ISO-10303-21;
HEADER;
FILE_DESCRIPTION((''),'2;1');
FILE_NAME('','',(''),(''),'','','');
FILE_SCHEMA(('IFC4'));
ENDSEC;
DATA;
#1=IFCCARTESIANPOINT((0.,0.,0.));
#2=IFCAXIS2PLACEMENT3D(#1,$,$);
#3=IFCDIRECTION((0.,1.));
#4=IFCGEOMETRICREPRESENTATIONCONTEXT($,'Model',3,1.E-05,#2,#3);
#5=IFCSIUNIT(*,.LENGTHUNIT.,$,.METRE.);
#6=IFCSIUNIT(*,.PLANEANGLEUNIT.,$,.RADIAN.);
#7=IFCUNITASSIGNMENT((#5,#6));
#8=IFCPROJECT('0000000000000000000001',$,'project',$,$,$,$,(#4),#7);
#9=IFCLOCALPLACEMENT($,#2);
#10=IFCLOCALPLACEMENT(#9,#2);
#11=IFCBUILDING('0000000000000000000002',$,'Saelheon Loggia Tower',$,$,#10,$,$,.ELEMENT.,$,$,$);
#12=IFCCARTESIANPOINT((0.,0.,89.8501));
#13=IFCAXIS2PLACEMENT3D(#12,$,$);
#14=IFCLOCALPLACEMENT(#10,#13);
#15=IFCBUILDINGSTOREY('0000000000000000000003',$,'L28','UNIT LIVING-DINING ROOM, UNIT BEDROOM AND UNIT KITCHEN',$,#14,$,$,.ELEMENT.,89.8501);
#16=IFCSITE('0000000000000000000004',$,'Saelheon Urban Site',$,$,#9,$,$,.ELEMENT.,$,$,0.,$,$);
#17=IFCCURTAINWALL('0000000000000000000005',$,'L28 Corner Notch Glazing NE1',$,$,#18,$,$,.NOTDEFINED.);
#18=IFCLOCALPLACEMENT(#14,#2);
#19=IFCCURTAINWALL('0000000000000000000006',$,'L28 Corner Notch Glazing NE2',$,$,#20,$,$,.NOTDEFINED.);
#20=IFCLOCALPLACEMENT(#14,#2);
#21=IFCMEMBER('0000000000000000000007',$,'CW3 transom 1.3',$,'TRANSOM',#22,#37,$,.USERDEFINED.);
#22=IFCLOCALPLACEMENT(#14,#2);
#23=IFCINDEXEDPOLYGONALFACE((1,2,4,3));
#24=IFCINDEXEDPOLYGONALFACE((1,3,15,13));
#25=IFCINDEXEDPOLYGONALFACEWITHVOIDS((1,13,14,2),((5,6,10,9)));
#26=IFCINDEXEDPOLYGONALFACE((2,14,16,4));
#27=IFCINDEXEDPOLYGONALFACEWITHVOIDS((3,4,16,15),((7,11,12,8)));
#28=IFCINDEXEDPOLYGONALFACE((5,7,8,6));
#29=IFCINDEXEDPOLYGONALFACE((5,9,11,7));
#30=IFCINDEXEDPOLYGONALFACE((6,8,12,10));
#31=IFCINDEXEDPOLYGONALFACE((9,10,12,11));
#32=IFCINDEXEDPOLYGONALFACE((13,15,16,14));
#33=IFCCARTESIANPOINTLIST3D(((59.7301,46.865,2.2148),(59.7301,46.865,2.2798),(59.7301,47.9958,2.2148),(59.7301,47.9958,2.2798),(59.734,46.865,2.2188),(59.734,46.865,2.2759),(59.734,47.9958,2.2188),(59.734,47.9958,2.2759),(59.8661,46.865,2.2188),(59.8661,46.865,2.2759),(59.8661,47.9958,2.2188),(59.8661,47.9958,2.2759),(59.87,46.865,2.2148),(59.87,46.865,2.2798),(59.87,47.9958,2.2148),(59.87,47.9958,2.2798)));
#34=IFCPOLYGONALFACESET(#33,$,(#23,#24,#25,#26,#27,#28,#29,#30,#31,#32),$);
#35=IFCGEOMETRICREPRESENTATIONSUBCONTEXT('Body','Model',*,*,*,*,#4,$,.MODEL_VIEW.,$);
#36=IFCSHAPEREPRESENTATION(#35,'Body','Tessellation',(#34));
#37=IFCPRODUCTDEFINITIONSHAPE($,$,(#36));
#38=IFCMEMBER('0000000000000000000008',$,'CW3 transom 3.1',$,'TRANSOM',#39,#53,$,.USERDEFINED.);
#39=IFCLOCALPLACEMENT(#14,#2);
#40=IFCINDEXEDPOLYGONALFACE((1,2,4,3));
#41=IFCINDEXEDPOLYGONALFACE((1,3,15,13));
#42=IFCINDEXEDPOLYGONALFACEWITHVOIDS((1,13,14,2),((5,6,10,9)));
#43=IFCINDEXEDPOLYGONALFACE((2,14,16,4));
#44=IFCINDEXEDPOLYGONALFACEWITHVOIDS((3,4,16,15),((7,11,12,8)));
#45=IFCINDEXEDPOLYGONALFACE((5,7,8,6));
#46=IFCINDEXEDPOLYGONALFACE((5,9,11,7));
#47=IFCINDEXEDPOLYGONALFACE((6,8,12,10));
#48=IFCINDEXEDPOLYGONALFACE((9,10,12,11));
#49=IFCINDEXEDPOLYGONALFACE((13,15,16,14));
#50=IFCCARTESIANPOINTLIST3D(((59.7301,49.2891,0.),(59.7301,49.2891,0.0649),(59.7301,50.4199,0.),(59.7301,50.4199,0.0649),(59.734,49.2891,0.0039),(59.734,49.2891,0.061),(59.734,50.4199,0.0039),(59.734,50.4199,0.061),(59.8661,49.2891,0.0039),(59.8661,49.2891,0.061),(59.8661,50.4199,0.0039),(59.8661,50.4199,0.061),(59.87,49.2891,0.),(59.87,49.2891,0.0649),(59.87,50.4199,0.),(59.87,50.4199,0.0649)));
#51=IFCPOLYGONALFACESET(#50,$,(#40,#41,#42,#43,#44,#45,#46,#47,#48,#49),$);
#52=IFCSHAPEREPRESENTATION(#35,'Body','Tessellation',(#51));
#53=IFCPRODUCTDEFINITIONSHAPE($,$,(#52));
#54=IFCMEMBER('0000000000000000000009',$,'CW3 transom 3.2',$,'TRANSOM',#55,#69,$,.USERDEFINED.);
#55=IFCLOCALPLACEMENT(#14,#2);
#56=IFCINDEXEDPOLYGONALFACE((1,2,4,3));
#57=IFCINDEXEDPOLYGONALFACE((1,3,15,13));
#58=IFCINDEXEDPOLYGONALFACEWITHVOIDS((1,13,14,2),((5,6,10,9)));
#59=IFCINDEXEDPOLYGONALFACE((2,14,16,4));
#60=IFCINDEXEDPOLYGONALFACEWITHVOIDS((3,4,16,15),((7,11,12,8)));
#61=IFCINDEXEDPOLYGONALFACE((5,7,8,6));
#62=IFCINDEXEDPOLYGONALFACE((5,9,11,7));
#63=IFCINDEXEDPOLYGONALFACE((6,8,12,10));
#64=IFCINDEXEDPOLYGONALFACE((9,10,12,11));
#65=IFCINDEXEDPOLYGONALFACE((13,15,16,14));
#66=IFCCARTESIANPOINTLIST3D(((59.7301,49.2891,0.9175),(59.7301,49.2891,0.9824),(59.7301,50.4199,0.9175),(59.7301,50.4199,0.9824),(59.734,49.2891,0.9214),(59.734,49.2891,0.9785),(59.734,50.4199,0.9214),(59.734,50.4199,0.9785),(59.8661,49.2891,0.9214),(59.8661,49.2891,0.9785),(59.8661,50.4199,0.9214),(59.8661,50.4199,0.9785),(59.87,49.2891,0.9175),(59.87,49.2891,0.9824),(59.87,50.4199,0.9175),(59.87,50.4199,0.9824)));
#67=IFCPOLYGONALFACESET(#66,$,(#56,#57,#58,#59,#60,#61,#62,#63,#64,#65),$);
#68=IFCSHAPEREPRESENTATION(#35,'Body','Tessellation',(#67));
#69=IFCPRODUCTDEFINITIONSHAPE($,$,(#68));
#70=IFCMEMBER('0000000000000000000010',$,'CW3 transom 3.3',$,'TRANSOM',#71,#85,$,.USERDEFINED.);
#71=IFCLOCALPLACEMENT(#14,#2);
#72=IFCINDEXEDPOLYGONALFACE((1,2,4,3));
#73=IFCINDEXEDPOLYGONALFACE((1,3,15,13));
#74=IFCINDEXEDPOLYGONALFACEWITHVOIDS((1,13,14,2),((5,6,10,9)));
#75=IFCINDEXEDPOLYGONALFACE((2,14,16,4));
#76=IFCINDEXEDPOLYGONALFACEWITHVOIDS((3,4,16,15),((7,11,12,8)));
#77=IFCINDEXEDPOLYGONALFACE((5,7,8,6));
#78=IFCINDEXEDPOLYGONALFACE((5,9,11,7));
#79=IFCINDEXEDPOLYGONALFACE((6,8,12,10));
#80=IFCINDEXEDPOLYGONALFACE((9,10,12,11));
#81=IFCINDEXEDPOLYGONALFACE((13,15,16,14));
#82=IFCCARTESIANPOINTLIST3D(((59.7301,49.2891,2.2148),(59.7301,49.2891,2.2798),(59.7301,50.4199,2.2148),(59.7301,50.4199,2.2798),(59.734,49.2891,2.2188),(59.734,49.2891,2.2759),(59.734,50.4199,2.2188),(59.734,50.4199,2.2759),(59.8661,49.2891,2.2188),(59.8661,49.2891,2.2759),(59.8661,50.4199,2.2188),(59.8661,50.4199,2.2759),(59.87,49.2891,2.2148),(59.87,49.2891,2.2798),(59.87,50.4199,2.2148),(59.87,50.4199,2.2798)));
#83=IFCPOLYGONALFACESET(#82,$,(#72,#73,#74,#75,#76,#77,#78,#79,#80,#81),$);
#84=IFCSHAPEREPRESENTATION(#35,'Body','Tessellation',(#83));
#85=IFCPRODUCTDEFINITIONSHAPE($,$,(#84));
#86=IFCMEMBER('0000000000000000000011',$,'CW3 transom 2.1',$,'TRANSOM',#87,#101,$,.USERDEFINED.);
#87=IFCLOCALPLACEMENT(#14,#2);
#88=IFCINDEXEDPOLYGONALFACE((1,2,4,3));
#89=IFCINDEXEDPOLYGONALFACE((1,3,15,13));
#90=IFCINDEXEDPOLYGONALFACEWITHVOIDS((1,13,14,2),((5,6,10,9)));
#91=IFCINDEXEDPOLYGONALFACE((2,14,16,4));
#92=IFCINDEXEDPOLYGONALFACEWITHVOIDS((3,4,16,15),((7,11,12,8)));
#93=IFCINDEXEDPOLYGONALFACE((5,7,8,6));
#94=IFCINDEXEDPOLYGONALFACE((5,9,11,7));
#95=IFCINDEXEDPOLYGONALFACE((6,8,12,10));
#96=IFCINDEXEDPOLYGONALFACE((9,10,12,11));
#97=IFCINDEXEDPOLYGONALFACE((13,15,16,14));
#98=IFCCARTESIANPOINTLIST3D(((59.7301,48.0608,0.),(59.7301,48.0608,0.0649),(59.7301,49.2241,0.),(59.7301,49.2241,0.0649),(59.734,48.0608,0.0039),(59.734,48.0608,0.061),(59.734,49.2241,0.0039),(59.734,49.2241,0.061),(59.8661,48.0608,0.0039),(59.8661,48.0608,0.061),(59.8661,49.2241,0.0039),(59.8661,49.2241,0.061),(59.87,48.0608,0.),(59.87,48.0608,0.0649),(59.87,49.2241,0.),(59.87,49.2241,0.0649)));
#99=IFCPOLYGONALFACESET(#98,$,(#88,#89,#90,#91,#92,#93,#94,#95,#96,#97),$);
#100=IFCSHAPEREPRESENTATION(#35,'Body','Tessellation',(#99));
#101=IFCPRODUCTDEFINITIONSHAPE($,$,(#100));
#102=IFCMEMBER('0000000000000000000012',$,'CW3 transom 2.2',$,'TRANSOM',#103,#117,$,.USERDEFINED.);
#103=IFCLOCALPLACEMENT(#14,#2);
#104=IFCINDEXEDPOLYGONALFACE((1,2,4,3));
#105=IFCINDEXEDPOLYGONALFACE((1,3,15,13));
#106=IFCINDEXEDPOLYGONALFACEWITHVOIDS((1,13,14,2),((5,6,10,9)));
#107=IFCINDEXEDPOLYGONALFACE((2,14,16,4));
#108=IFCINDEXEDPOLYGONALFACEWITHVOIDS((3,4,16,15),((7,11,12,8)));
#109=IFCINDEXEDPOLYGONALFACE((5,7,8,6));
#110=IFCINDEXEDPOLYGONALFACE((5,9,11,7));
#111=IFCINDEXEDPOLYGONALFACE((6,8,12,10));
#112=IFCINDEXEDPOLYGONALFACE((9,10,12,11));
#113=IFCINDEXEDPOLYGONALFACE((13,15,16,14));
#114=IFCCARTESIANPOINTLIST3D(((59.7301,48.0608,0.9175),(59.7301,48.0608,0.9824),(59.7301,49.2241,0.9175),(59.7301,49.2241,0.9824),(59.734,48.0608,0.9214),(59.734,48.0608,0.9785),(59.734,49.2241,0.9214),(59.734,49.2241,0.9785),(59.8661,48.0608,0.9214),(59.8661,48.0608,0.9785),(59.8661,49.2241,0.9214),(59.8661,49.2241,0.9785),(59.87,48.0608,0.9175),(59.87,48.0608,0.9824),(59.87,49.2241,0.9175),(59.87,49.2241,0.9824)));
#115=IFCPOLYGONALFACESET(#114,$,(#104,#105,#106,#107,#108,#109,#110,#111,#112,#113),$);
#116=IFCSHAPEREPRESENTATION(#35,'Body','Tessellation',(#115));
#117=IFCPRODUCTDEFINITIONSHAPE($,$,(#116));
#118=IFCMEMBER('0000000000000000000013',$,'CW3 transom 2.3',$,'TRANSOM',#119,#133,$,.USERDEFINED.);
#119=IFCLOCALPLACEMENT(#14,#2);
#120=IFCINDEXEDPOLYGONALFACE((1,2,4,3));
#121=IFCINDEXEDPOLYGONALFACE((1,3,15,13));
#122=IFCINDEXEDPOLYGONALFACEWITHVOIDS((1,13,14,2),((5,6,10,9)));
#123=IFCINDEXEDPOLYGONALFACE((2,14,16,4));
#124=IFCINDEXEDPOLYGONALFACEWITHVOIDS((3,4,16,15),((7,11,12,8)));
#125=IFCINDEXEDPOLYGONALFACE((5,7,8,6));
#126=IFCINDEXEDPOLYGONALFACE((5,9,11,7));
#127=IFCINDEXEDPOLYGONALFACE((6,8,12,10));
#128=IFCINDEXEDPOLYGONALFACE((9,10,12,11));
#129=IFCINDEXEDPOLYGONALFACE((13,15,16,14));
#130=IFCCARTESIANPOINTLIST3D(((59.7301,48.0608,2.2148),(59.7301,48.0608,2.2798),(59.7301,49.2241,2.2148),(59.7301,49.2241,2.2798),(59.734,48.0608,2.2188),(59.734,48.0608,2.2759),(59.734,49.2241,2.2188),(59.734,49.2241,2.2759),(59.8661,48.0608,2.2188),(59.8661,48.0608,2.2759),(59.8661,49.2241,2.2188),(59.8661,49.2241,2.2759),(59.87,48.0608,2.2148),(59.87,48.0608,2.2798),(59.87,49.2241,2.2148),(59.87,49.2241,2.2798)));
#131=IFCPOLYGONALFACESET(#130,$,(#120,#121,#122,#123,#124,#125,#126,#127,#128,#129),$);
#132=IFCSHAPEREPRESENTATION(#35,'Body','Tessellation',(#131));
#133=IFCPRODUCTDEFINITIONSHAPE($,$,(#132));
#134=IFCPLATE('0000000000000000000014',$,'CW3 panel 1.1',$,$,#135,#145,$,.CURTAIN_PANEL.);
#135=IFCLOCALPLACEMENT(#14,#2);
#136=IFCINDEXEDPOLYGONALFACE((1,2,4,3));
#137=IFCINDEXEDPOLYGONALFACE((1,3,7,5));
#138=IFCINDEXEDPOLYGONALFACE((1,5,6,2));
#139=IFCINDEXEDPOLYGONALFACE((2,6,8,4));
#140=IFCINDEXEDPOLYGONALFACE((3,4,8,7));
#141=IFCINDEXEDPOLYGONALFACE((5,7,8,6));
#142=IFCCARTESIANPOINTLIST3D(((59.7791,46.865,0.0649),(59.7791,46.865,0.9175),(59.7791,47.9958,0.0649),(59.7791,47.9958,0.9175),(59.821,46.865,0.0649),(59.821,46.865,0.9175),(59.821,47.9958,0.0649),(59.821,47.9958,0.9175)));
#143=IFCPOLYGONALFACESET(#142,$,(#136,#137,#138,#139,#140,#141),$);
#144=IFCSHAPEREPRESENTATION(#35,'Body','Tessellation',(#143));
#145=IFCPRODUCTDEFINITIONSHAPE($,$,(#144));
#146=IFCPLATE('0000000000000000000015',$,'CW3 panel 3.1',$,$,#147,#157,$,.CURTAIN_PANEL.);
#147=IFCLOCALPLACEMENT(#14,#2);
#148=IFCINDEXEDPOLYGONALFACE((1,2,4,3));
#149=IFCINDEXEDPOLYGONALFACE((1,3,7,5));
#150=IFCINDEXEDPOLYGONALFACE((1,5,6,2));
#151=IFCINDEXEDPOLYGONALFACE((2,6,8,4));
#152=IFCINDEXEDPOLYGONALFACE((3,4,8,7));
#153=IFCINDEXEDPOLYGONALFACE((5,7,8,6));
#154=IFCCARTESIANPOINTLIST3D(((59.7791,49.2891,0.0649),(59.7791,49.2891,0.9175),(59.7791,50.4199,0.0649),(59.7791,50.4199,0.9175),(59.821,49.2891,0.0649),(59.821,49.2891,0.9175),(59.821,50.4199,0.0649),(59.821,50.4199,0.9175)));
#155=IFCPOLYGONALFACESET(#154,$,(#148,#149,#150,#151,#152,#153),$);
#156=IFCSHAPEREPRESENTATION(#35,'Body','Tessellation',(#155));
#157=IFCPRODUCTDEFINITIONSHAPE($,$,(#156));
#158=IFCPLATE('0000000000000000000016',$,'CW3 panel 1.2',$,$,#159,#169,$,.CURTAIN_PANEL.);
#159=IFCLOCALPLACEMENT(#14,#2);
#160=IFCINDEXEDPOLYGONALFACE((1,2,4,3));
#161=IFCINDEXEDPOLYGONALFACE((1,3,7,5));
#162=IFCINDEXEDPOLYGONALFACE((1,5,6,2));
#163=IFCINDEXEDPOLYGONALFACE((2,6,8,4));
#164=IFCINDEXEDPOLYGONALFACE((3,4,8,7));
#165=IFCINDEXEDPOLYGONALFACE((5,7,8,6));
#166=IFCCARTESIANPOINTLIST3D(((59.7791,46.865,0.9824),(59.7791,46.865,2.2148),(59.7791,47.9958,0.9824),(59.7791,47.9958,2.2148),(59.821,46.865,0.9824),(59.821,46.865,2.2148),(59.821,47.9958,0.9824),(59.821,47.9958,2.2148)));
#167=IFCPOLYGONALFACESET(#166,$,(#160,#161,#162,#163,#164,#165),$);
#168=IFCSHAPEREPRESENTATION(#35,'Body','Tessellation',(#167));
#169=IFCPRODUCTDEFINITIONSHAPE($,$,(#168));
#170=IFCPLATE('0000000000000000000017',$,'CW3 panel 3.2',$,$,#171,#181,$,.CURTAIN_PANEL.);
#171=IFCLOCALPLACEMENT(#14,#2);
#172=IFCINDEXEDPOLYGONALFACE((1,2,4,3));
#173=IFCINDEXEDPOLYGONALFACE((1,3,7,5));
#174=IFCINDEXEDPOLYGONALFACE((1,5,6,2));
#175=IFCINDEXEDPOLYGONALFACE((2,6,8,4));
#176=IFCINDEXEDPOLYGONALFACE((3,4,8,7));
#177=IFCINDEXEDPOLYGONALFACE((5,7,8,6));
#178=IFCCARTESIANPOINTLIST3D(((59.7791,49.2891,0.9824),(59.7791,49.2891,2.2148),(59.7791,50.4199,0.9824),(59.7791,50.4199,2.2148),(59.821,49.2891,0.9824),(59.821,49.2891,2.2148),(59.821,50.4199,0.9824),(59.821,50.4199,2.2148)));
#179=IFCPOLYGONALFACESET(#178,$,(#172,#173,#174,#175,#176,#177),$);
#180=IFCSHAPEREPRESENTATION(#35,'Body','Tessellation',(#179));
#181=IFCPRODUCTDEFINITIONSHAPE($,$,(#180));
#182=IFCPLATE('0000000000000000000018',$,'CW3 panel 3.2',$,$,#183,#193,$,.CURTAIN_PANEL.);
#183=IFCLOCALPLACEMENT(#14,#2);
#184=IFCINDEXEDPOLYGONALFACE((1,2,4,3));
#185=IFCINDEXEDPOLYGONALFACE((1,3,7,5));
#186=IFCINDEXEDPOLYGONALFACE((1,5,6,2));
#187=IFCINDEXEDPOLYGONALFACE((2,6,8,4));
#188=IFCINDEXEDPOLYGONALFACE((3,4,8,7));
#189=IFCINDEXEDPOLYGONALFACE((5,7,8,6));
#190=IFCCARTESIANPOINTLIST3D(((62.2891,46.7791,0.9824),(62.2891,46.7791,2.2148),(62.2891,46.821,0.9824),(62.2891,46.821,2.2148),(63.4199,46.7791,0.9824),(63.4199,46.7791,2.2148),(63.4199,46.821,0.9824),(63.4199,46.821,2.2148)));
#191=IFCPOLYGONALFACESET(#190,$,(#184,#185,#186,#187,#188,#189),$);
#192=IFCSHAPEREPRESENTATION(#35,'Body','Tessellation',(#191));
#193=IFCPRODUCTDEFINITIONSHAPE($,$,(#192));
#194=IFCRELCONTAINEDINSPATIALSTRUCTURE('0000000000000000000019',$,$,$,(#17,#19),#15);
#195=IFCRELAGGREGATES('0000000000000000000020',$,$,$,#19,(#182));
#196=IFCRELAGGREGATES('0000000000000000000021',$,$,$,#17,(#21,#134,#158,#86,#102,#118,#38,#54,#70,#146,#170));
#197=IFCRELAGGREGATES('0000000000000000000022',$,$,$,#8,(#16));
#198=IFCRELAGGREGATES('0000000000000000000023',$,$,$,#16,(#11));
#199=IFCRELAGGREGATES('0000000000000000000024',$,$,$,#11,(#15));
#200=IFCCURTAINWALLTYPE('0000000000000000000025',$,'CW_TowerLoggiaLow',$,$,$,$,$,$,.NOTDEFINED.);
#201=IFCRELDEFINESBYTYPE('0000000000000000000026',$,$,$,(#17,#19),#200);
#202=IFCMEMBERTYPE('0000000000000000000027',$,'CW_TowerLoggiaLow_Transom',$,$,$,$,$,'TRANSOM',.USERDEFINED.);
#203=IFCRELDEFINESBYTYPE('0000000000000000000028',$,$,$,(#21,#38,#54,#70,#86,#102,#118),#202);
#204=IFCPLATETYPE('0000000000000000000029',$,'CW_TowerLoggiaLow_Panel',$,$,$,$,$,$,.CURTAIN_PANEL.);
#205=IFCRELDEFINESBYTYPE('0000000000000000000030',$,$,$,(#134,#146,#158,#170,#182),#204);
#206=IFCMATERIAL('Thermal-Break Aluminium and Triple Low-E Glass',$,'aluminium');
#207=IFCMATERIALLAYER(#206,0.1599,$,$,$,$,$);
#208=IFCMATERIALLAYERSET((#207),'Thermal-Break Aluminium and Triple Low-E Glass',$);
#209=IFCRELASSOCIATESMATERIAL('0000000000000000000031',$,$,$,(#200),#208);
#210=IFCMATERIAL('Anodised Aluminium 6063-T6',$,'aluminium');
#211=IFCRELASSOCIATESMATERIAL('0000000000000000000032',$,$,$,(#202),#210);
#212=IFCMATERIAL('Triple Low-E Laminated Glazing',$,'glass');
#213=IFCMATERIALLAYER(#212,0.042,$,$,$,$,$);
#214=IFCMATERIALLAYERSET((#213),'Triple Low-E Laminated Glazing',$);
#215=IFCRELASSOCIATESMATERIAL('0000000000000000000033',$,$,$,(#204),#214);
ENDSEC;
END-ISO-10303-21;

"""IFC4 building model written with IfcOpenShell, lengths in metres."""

from ifc_helpers import new_model, si_unit, direction, frame, origin, origin_2d, place, context, subcontext, project, spatial, rectangle, hollow_rectangle, extrude, source, transform, mapped, material, layer, layer_set, material_profile, profile_set, type_object, element, aggregate, save


model = new_model("IFC4")

# Units and contexts
model_context = context("Model", 3, precision=1e-05, world=origin(), true_north=direction((0.0, 1.0)))
body_context = subcontext(model_context, "Body", "Model", "MODEL_VIEW")
ifc_project = project(units=[si_unit("LENGTHUNIT", "METRE"), si_unit("PLANEANGLEUNIT", "RADIAN")], contexts=[model_context])

# Site, building, storey
site_placement = place(None, origin())
site = spatial("IfcSite", under=ifc_project, at=site_placement, Name="Saelheon Urban Site", CompositionType="ELEMENT", RefElevation=0.0)
building_placement = place(site_placement, origin())
building = spatial("IfcBuilding", under=site, at=building_placement, Name="Saelheon Loggia Tower", CompositionType="ELEMENT")
storey_placement = place(building_placement, frame((0.0, 0.0, 89.8501)))
storey = spatial("IfcBuildingStorey", under=building, at=storey_placement, Name="L28", Description="UNIT LIVING-DINING ROOM, UNIT BEDROOM AND UNIT KITCHEN", CompositionType="ELEMENT", Elevation=89.8501)

# Curtain wall
ifc_material_1 = material(Name="Thermal-Break Aluminium and Triple Low-E Glass", Category="aluminium")
ifc_layer_1 = layer(ifc_material_1, 0.1599)
ifc_layer_set_1 = layer_set([ifc_layer_1], Name="Thermal-Break Aluminium and Triple Low-E Glass")
curtain_wall_type = type_object("IfcCurtainWallType", Name="CW_TowerLoggiaLow", PredefinedType="NOTDEFINED", material=ifc_layer_set_1)
curtain_wall_1_placement = place(storey_placement, origin())
curtain_wall_1 = element("IfcCurtainWall", 1, at=curtain_wall_1_placement, inside=storey, type_object=curtain_wall_type, Name="L28 Corner Notch Glazing NE1", PredefinedType="NOTDEFINED")
ifc_material_2 = material(Name="Anodised Aluminium 6063-T6", Category="aluminium")

# Curtain wall
curtain_wall_2_placement = place(storey_placement, origin())
curtain_wall_2 = element("IfcCurtainWall", 2, at=curtain_wall_2_placement, inside=storey, type_object=curtain_wall_type, Name="L28 Corner Notch Glazing NE2", PredefinedType="NOTDEFINED")

# Members
ifc_material_profile_1 = material_profile(ifc_material_2, hollow_rectangle(XDim=0.0649, YDim=0.1399, WallThickness=0.0039, at=origin_2d()), Name="RHS-140x65x4")
ifc_profile_set_1 = profile_set([ifc_material_profile_1], Name="Anodised Aluminium 6063-T6")
member_type_1 = type_object("IfcMemberType", Name="CW_TowerLoggiaLow_Transom", ElementType="TRANSOM", PredefinedType="USERDEFINED", material=ifc_profile_set_1)
shared_shape_1 = source(origin(), body_context, "Body", "SweptSolid", [
    extrude(hollow_rectangle(XDim=0.0649, YDim=0.1399, WallThickness=0.0039, at=origin_2d()), origin(), (0.0, 0.0, 1.0), 1.1309),
])
member_1_placement = place(storey_placement, frame((59.8, 46.865, 2.2473), z_axis=(0.0, 1.0, 0.0), x_axis=(0.0, 0.0, 1.0)))
member_1 = element("IfcMember", 3, at=member_1_placement, type_object=member_type_1, Name="CW3 transom 1.3", ObjectType="TRANSOM", PredefinedType="USERDEFINED", context=body_context, shape_type="MappedRepresentation", body=[
    mapped(shared_shape_1, transform((0.0, 0.0, 0.0), scale=1.0)),
])
member_2_placement = place(storey_placement, frame((59.8, 49.2891, 0.0325), z_axis=(0.0, 1.0, 0.0), x_axis=(0.0, 0.0, 1.0)))
member_2 = element("IfcMember", 4, at=member_2_placement, type_object=member_type_1, Name="CW3 transom 3.1", ObjectType="TRANSOM", PredefinedType="USERDEFINED", context=body_context, shape_type="MappedRepresentation", body=[
    mapped(shared_shape_1, transform((0.0, 0.0, 0.0), scale=1.0)),
])
member_3_placement = place(storey_placement, frame((59.8, 49.2891, 0.95), z_axis=(0.0, 1.0, 0.0), x_axis=(0.0, 0.0, 1.0)))
member_3 = element("IfcMember", 5, at=member_3_placement, type_object=member_type_1, Name="CW3 transom 3.2", ObjectType="TRANSOM", PredefinedType="USERDEFINED", context=body_context, shape_type="MappedRepresentation", body=[
    mapped(shared_shape_1, transform((0.0, 0.0, 0.0), scale=1.0)),
])
member_4_placement = place(storey_placement, frame((59.8, 49.2891, 2.2473), z_axis=(0.0, 1.0, 0.0), x_axis=(0.0, 0.0, 1.0)))
member_4 = element("IfcMember", 6, at=member_4_placement, type_object=member_type_1, Name="CW3 transom 3.3", ObjectType="TRANSOM", PredefinedType="USERDEFINED", context=body_context, shape_type="MappedRepresentation", body=[
    mapped(shared_shape_1, transform((0.0, 0.0, 0.0), scale=1.0)),
])
shared_shape_2 = source(origin(), body_context, "Body", "SweptSolid", [
    extrude(hollow_rectangle(XDim=0.0649, YDim=0.1399, WallThickness=0.0039, at=origin_2d()), origin(), (0.0, 0.0, 1.0), 1.1633),
])
member_5_placement = place(storey_placement, frame((59.8, 48.0608, 0.0325), z_axis=(0.0, 1.0, 0.0), x_axis=(0.0, 0.0, 1.0)))
member_5 = element("IfcMember", 7, at=member_5_placement, type_object=member_type_1, Name="CW3 transom 2.1", ObjectType="TRANSOM", PredefinedType="USERDEFINED", context=body_context, shape_type="MappedRepresentation", body=[
    mapped(shared_shape_2, transform((0.0, 0.0, 0.0), scale=1.0)),
])
member_6_placement = place(storey_placement, frame((59.8, 48.0608, 0.95), z_axis=(0.0, 1.0, 0.0), x_axis=(0.0, 0.0, 1.0)))
member_6 = element("IfcMember", 8, at=member_6_placement, type_object=member_type_1, Name="CW3 transom 2.2", ObjectType="TRANSOM", PredefinedType="USERDEFINED", context=body_context, shape_type="MappedRepresentation", body=[
    mapped(shared_shape_2, transform((0.0, 0.0, 0.0), scale=1.0)),
])
member_7_placement = place(storey_placement, frame((59.8, 48.0608, 2.2473), z_axis=(0.0, 1.0, 0.0), x_axis=(0.0, 0.0, 1.0)))
member_7 = element("IfcMember", 9, at=member_7_placement, type_object=member_type_1, Name="CW3 transom 2.3", ObjectType="TRANSOM", PredefinedType="USERDEFINED", context=body_context, shape_type="MappedRepresentation", body=[
    mapped(shared_shape_2, transform((0.0, 0.0, 0.0), scale=1.0)),
])

# Plates
ifc_material_3 = material(Name="Triple Low-E Laminated Glazing", Category="glass")
ifc_layer_2 = layer(ifc_material_3, 0.042)
ifc_layer_set_2 = layer_set([ifc_layer_2], Name="Triple Low-E Laminated Glazing")
plate_type = type_object("IfcPlateType", Name="CW_TowerLoggiaLow_Panel", PredefinedType="CURTAIN_PANEL", material=ifc_layer_set_2)
shared_shape_3 = source(origin(), body_context, "Body", "SweptSolid", [
    extrude(rectangle(XDim=1.1309, YDim=0.042, at=origin_2d()), origin(), (0.0, 0.0, 1.0), 0.8525),
])
plate_1_placement = place(storey_placement, frame((59.8, 47.4304, 0.0649), z_axis=(0.0, 0.0, 1.0), x_axis=(0.0, 1.0, 0.0)))
plate_1 = element("IfcPlate", 10, at=plate_1_placement, type_object=plate_type, Name="CW3 panel 1.1", PredefinedType="CURTAIN_PANEL", context=body_context, shape_type="MappedRepresentation", body=[
    mapped(shared_shape_3, transform((0.0, 0.0, 0.0), scale=1.0)),
])
plate_2_placement = place(storey_placement, frame((59.8, 49.8545, 0.0649), z_axis=(0.0, 0.0, 1.0), x_axis=(0.0, 1.0, 0.0)))
plate_2 = element("IfcPlate", 11, at=plate_2_placement, type_object=plate_type, Name="CW3 panel 3.1", PredefinedType="CURTAIN_PANEL", context=body_context, shape_type="MappedRepresentation", body=[
    mapped(shared_shape_3, transform((0.0, 0.0, 0.0), scale=1.0)),
])
shared_shape_4 = source(origin(), body_context, "Body", "SweptSolid", [
    extrude(rectangle(XDim=1.1309, YDim=0.042, at=origin_2d()), origin(), (0.0, 0.0, 1.0), 1.2324),
])
plate_3_placement = place(storey_placement, frame((59.8, 47.4304, 0.9824), z_axis=(0.0, 0.0, 1.0), x_axis=(0.0, 1.0, 0.0)))
plate_3 = element("IfcPlate", 12, at=plate_3_placement, type_object=plate_type, Name="CW3 panel 1.2", PredefinedType="CURTAIN_PANEL", context=body_context, shape_type="MappedRepresentation", body=[
    mapped(shared_shape_4, transform((0.0, 0.0, 0.0), scale=1.0)),
])
plate_4_placement = place(storey_placement, frame((59.8, 49.8545, 0.9824), z_axis=(0.0, 0.0, 1.0), x_axis=(0.0, 1.0, 0.0)))
plate_4 = element("IfcPlate", 13, at=plate_4_placement, type_object=plate_type, Name="CW3 panel 3.2", PredefinedType="CURTAIN_PANEL", context=body_context, shape_type="MappedRepresentation", body=[
    mapped(shared_shape_4, transform((0.0, 0.0, 0.0), scale=1.0)),
])
plate_5_placement = place(storey_placement, frame((62.8545, 46.8, 0.9824), z_axis=(0.0, 0.0, 1.0), x_axis=(1.0, 0.0, 0.0)))
plate_5 = element("IfcPlate", 14, at=plate_5_placement, type_object=plate_type, Name="CW3 panel 3.2", PredefinedType="CURTAIN_PANEL", context=body_context, shape_type="MappedRepresentation", body=[
    mapped(shared_shape_4, transform((0.0, 0.0, 0.0), scale=1.0)),
])
aggregate(curtain_wall_2, [plate_5])
aggregate(curtain_wall_1, [member_1, plate_1, plate_3, member_5, member_6, member_7, member_2, member_3, member_4, plate_2, plate_4])

save(model, "model.ifc")
